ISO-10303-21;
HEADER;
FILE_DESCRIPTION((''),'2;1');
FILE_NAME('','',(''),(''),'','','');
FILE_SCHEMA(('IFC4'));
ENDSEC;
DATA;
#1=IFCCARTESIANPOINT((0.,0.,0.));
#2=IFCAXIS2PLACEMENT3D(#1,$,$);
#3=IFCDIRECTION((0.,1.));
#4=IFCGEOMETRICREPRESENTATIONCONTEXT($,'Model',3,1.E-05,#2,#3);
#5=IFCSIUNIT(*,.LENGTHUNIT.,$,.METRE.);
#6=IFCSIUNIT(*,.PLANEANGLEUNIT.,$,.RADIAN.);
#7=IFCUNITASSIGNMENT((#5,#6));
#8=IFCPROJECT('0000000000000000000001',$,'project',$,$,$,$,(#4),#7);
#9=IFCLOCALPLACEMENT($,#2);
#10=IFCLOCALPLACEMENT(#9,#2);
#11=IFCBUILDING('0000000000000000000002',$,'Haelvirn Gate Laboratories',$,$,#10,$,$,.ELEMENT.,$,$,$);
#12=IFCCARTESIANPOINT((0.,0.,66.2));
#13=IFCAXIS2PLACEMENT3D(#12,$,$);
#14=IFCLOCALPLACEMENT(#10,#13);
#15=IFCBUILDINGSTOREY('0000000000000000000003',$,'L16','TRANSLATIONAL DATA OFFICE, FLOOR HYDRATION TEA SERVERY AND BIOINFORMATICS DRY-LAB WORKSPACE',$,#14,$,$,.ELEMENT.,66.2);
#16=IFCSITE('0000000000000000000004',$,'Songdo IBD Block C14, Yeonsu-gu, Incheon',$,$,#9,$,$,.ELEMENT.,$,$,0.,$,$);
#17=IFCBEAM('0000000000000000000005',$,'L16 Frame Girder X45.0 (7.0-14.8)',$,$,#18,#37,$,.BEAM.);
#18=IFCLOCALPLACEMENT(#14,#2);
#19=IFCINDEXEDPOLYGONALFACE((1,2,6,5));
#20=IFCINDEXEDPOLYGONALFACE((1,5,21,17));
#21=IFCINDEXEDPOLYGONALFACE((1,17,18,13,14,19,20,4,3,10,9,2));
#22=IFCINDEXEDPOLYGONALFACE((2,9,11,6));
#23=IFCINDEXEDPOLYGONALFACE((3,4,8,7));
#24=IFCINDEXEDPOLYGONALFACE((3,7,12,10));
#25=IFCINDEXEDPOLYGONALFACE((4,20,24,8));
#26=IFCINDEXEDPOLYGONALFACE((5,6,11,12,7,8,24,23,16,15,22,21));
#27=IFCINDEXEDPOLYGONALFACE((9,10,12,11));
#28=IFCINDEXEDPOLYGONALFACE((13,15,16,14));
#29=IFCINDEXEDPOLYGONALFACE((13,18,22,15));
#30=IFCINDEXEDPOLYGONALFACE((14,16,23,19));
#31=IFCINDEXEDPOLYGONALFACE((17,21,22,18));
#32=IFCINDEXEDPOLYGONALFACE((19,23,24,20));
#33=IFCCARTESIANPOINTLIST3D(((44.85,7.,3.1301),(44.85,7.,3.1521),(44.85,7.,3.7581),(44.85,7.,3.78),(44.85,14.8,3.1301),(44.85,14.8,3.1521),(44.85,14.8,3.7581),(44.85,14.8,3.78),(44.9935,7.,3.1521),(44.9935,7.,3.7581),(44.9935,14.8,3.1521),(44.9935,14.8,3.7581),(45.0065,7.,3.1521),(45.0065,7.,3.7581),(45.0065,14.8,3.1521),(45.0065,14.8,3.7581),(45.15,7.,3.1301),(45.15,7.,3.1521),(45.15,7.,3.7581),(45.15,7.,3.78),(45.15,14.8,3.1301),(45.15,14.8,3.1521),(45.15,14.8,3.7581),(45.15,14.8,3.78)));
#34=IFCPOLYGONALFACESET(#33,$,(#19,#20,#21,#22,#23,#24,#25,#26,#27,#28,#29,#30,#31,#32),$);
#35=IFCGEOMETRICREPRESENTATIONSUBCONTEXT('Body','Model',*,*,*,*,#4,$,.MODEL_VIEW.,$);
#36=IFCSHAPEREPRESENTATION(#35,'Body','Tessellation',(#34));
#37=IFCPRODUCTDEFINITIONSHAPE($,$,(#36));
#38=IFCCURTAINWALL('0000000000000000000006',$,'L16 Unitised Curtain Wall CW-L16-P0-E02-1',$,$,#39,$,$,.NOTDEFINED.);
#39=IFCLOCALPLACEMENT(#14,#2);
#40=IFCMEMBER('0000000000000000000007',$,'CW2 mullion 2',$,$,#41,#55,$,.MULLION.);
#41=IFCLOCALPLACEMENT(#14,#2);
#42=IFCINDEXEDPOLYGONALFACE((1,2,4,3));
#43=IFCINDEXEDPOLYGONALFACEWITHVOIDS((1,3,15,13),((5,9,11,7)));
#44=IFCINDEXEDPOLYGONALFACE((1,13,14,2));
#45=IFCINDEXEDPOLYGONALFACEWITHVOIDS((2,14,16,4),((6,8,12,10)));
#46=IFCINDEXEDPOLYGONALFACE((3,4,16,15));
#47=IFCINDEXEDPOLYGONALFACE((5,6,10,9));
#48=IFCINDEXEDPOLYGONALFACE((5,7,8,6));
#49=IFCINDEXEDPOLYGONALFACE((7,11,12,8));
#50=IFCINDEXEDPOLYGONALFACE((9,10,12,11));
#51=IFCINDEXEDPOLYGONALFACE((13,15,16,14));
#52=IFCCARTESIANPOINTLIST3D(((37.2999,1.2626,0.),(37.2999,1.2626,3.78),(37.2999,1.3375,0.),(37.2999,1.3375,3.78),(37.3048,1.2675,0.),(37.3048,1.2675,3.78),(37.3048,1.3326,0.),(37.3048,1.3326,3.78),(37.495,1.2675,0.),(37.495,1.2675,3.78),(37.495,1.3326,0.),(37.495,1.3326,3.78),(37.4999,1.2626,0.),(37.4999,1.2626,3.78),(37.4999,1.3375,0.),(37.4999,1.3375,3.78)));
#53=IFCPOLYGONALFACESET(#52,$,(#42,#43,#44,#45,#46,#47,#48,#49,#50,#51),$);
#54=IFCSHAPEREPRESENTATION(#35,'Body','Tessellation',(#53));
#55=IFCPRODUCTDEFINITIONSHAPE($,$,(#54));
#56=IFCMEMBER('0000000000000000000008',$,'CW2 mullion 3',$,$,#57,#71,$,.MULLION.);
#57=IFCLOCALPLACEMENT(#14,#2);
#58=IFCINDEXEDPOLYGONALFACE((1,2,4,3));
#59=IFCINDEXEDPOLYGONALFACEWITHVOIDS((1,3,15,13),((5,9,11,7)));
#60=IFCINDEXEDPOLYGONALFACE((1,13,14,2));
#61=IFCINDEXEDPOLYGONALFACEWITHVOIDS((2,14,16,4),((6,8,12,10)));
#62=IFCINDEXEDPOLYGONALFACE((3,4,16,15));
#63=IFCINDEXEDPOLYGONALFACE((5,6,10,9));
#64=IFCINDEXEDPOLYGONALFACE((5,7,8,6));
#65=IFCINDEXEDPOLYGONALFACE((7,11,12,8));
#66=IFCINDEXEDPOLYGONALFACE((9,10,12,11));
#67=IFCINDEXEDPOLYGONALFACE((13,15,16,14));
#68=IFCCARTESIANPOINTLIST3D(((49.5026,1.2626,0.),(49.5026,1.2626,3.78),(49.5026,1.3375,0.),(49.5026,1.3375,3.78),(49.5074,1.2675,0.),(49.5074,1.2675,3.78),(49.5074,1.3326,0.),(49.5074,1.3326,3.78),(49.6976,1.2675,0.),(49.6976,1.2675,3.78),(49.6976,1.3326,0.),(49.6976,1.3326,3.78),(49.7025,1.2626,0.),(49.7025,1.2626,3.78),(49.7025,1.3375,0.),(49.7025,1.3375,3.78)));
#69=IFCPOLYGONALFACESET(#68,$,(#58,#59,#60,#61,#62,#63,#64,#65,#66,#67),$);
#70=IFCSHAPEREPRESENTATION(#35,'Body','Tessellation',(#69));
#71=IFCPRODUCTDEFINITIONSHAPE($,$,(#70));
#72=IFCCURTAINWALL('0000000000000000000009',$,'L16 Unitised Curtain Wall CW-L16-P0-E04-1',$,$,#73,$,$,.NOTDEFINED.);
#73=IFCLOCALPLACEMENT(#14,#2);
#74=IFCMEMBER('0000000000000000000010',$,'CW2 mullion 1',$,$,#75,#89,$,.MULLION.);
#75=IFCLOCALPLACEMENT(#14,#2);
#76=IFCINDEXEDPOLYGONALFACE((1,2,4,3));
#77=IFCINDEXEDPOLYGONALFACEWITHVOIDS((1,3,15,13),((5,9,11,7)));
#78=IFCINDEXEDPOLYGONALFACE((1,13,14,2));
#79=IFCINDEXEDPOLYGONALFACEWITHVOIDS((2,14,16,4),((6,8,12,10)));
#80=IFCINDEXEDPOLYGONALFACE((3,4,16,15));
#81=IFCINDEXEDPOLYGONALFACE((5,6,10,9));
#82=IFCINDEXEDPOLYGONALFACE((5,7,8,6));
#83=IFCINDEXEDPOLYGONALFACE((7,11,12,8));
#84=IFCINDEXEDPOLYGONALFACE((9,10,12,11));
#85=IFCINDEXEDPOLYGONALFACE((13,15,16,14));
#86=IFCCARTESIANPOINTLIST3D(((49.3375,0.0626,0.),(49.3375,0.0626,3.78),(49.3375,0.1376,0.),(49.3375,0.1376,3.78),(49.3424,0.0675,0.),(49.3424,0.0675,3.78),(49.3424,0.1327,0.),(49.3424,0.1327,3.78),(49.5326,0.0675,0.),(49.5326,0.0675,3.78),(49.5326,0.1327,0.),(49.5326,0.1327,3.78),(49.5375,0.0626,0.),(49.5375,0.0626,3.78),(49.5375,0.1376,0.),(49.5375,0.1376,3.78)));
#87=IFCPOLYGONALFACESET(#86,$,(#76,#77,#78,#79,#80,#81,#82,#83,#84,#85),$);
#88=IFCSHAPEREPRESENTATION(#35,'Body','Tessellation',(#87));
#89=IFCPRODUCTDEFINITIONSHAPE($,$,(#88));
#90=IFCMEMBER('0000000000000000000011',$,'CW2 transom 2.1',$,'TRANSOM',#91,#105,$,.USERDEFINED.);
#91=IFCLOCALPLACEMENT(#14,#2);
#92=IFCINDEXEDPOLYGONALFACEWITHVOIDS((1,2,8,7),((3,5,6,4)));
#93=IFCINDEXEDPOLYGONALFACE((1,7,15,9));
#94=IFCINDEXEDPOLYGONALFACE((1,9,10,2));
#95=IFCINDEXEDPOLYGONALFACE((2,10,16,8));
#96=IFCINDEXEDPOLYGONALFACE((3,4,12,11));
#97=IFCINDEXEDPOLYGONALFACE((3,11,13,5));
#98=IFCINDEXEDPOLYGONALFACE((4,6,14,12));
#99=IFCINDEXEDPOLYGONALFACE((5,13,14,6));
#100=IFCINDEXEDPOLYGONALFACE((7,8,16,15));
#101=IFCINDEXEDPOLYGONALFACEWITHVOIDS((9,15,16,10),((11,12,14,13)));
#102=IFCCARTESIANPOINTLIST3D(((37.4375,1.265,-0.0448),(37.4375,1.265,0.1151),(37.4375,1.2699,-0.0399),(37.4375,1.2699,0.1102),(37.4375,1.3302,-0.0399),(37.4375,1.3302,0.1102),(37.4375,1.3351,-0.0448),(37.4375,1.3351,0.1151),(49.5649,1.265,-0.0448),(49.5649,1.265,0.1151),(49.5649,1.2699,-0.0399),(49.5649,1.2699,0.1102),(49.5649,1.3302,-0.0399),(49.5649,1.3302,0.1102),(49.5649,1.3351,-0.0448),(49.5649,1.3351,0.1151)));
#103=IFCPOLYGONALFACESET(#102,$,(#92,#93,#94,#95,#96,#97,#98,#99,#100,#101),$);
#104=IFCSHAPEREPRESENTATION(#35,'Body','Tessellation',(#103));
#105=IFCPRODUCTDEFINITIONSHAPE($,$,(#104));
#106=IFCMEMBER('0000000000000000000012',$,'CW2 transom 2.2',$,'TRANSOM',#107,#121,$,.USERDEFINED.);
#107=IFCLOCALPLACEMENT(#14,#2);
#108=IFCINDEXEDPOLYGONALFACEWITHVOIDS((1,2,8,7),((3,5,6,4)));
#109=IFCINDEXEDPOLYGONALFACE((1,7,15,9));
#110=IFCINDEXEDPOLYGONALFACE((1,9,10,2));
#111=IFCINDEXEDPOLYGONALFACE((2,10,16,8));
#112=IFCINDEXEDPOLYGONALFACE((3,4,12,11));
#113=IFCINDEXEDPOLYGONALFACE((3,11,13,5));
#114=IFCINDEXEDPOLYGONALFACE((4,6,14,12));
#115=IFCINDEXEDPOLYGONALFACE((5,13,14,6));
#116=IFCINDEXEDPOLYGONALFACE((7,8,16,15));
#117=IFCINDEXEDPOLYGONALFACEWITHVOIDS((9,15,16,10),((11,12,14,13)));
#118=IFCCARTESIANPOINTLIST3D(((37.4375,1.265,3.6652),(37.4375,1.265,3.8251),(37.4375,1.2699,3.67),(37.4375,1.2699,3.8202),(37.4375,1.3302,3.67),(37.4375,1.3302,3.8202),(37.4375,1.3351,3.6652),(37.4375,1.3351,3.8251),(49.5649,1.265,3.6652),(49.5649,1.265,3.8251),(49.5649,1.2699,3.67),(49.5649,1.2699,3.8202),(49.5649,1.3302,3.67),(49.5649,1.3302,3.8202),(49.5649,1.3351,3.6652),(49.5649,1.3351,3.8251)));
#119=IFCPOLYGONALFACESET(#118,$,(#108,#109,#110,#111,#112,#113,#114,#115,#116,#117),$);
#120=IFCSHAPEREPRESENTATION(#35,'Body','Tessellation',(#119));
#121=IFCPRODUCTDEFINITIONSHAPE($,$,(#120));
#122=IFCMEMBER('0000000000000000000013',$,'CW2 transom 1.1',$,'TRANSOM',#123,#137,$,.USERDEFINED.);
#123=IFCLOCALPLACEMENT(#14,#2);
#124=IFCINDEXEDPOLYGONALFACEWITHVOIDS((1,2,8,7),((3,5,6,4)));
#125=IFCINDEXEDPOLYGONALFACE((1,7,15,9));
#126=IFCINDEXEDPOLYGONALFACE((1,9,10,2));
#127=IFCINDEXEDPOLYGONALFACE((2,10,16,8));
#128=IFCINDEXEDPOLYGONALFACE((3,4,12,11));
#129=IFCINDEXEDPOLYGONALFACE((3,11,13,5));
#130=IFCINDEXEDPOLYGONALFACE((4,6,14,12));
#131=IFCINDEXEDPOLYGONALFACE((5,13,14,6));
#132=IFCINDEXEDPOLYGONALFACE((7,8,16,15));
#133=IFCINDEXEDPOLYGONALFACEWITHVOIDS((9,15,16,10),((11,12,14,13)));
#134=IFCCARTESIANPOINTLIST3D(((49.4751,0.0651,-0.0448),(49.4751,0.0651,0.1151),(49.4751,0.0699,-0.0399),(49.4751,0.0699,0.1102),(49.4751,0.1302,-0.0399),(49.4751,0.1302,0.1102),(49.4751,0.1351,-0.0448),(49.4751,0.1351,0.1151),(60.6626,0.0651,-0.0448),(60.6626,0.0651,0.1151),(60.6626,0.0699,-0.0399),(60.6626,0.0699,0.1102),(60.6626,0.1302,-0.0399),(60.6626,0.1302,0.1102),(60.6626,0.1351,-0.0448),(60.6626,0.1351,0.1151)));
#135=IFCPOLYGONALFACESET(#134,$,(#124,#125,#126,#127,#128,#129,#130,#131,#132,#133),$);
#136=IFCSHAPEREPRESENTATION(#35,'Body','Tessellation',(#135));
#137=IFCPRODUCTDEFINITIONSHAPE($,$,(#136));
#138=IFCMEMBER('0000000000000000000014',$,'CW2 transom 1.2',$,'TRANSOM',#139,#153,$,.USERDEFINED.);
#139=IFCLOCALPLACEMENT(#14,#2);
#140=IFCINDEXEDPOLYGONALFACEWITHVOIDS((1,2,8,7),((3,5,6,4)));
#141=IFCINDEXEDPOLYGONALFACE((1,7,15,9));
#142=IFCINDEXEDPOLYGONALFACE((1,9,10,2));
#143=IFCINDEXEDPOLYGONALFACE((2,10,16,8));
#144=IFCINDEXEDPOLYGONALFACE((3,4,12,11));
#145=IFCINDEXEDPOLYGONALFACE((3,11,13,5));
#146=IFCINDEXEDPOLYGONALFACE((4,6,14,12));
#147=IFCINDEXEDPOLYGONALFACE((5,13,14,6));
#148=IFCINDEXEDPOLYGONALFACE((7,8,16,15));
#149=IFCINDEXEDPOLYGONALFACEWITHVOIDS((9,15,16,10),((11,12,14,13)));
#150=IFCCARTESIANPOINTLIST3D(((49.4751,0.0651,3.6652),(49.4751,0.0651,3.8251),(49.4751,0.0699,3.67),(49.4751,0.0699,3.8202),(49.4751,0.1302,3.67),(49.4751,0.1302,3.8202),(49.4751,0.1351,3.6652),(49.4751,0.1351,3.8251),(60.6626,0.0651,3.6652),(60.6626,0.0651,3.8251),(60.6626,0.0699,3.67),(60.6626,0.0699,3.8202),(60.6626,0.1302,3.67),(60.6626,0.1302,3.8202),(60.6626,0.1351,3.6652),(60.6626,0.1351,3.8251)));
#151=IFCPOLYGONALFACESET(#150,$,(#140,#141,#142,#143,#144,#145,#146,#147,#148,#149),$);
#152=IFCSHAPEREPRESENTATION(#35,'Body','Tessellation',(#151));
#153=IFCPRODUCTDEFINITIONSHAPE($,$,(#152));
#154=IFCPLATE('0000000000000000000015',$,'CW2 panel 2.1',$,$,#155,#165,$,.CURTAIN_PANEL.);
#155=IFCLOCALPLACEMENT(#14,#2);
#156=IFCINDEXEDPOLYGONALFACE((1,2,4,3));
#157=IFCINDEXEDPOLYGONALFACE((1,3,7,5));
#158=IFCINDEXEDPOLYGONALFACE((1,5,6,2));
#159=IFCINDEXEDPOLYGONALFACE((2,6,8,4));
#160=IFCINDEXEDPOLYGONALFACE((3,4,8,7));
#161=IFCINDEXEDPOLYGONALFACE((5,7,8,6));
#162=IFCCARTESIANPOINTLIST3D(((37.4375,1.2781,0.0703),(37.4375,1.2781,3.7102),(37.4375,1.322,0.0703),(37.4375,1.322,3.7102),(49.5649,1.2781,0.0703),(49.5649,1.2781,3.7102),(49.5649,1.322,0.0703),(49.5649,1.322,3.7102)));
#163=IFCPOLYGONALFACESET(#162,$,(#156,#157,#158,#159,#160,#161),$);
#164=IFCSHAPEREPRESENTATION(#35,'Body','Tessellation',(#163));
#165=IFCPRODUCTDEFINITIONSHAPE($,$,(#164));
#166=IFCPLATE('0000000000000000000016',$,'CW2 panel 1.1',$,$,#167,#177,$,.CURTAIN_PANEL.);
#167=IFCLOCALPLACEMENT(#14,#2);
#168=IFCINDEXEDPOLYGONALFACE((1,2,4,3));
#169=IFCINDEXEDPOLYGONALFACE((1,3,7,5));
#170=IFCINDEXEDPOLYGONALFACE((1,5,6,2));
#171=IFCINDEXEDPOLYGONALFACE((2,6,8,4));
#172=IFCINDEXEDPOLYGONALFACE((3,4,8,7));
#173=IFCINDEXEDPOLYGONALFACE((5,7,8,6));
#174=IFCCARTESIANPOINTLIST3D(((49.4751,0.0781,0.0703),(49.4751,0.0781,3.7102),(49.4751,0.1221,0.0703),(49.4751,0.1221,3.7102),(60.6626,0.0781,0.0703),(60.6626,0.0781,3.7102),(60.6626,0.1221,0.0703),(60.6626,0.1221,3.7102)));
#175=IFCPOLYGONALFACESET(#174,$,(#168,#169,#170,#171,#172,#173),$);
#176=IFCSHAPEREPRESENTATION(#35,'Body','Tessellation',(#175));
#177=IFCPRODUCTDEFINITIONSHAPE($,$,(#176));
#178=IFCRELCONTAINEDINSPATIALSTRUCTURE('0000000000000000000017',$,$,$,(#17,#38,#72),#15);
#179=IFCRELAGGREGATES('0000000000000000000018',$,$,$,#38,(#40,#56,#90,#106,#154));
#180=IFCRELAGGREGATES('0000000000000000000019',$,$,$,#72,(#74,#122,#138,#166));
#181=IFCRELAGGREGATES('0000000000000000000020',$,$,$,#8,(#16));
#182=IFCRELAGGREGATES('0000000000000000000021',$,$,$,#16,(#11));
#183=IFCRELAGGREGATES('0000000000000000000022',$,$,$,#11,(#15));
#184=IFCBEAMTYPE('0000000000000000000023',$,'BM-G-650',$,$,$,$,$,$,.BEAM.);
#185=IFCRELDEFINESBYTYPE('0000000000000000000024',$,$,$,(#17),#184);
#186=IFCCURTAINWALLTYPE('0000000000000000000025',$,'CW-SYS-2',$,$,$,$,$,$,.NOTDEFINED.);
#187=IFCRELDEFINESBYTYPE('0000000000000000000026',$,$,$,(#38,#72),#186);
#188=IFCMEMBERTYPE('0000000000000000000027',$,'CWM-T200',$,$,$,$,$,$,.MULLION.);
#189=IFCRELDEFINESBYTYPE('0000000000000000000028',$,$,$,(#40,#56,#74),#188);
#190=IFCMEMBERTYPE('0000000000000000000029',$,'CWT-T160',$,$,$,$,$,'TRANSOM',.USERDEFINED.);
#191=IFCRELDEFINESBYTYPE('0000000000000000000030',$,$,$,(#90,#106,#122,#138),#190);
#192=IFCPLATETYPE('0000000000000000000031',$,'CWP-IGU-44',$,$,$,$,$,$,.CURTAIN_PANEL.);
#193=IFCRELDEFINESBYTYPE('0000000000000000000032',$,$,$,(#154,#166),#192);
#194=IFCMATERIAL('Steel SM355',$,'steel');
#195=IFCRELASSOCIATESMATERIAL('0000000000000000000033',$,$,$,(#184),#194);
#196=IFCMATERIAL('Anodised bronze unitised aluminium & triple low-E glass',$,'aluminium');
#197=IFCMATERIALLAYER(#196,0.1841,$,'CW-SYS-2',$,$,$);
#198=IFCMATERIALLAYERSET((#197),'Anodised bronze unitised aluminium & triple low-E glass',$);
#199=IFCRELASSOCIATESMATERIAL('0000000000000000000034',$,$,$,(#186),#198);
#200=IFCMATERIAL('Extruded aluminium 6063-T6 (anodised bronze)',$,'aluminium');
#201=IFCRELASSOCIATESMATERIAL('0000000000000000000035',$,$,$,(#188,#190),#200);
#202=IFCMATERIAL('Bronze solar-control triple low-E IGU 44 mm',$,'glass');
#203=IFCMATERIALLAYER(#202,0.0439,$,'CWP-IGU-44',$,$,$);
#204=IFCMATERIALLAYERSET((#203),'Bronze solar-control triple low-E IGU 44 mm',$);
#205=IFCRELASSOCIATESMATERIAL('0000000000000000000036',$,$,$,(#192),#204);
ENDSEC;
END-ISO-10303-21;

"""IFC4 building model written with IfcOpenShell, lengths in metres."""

from ifc_helpers import new_model, si_unit, direction, frame, origin, origin_2d, place, context, subcontext, project, spatial, rectangle, hollow_rectangle, i_section, extrude, source, transform, mapped, material, layer, layer_set, material_profile, profile_set, type_object, type_shapes, element, aggregate, save


model = new_model("IFC4")

# Units and contexts
model_context = context("Model", 3, precision=1e-05, world=origin(), true_north=direction((0.0, 1.0)))
body_context = subcontext(model_context, "Body", "Model", "MODEL_VIEW")
ifc_project = project(units=[si_unit("LENGTHUNIT", "METRE"), si_unit("PLANEANGLEUNIT", "RADIAN")], contexts=[model_context])

# Site, building, storey
site_placement = place(None, origin())
site = spatial("IfcSite", under=ifc_project, at=site_placement, Name="Songdo IBD Block C14, Yeonsu-gu, Incheon", CompositionType="ELEMENT", RefElevation=0.0)
building_placement = place(site_placement, origin())
building = spatial("IfcBuilding", under=site, at=building_placement, Name="Haelvirn Gate Laboratories", CompositionType="ELEMENT")
storey_placement = place(building_placement, frame((0.0, 0.0, 66.2)))
storey = spatial("IfcBuildingStorey", under=building, at=storey_placement, Name="L16", Description="TRANSLATIONAL DATA OFFICE, FLOOR HYDRATION TEA SERVERY AND BIOINFORMATICS DRY-LAB WORKSPACE", CompositionType="ELEMENT", Elevation=66.2)

# Beam
ifc_material_1 = material(Name="Steel SM355", Category="steel")
ifc_material_profile_1 = material_profile(ifc_material_1, i_section(OverallWidth=0.3, OverallDepth=0.6499, WebThickness=0.0129, FlangeThickness=0.022, at=origin_2d()), Name="H-650x300x13x22")
ifc_profile_set_1 = profile_set([ifc_material_profile_1], Name="Steel SM355")
beam_type_1 = type_object("IfcBeamType", Name="BM-G-650", PredefinedType="BEAM", material=ifc_profile_set_1)
shared_shape_1 = source(origin(), body_context, "Body", "SweptSolid", [
    extrude(i_section(OverallWidth=0.3, OverallDepth=0.6499, WebThickness=0.0129, FlangeThickness=0.022, at=origin_2d()), origin(), (0.0, 0.0, 1.0), 7.8),
])
type_shapes(beam_type_1, [shared_shape_1])
for number, where, z_axis, x_axis, name in (
    (1, (45.0, 7.0, 3.4551), (0.0, 1.0, 0.0), (-1.0, 0.0, 0.0), "L16 Frame Girder X45.0 (7.0-14.8)"),
):
    element("IfcBeam", number, at=place(storey_placement, frame(where, z_axis=z_axis, x_axis=x_axis)), inside=storey, type_object=beam_type_1, Name=name, PredefinedType="BEAM", context=body_context, shape_type="MappedRepresentation", body=[
        mapped(shared_shape_1, transform((0.0, 0.0, 0.0), scale=1.0)),
    ])

# Curtain wall, members
ifc_material_2 = material(Name="Anodised bronze unitised aluminium & triple low-E glass", Category="aluminium")
ifc_layer_1 = layer(ifc_material_2, 0.1841, Name="CW-SYS-2")
ifc_layer_set_1 = layer_set([ifc_layer_1], Name="Anodised bronze unitised aluminium & triple low-E glass")
curtain_wall_type = type_object("IfcCurtainWallType", Name="CW-SYS-2", PredefinedType="NOTDEFINED", material=ifc_layer_set_1)
curtain_wall_1_placement = place(storey_placement, origin())
curtain_wall_1 = element("IfcCurtainWall", 2, at=curtain_wall_1_placement, inside=storey, type_object=curtain_wall_type, Name="L16 Unitised Curtain Wall CW-L16-P0-E02-1", PredefinedType="NOTDEFINED")
ifc_material_3 = material(Name="Extruded aluminium 6063-T6 (anodised bronze)", Category="aluminium")
ifc_material_profile_2 = material_profile(ifc_material_3, hollow_rectangle(XDim=0.075, YDim=0.2, WallThickness=0.0049, at=origin_2d()), Name="CWM-200x75x5")
ifc_profile_set_2 = profile_set([ifc_material_profile_2], Name="Extruded aluminium 6063-T6 (anodised bronze)")
member_type_1 = type_object("IfcMemberType", Name="CWM-T200", PredefinedType="MULLION", material=ifc_profile_set_2)
shared_shape_2 = source(origin(), body_context, "Body", "SweptSolid", [
    extrude(hollow_rectangle(XDim=0.075, YDim=0.2, WallThickness=0.0049, at=origin_2d()), origin(), (0.0, 0.0, 1.0), 3.78),
])
type_shapes(member_type_1, [shared_shape_2])
member_1_placement = place(storey_placement, frame((37.3999, 1.3, 0.0), z_axis=(0.0, 0.0, 1.0), x_axis=(0.0, 1.0, 0.0)))
member_1 = element("IfcMember", 3, at=member_1_placement, type_object=member_type_1, Name="CW2 mullion 2", PredefinedType="MULLION", context=body_context, shape_type="MappedRepresentation", body=[
    mapped(shared_shape_2, transform((0.0, 0.0, 0.0), scale=1.0)),
])
member_2_placement = place(storey_placement, frame((49.6025, 1.3, 0.0), z_axis=(0.0, 0.0, 1.0), x_axis=(0.0, 1.0, 0.0)))
member_2 = element("IfcMember", 4, at=member_2_placement, type_object=member_type_1, Name="CW2 mullion 3", PredefinedType="MULLION", context=body_context, shape_type="MappedRepresentation", body=[
    mapped(shared_shape_2, transform((0.0, 0.0, 0.0), scale=1.0)),
])

# Curtain wall, member
curtain_wall_2_placement = place(storey_placement, origin())
curtain_wall_2 = element("IfcCurtainWall", 5, at=curtain_wall_2_placement, inside=storey, type_object=curtain_wall_type, Name="L16 Unitised Curtain Wall CW-L16-P0-E04-1", PredefinedType="NOTDEFINED")
member_3_placement = place(storey_placement, frame((49.4375, 0.1001, 0.0), z_axis=(0.0, 0.0, 1.0), x_axis=(0.0, 1.0, 0.0)))
member_3 = element("IfcMember", 6, at=member_3_placement, type_object=member_type_1, Name="CW2 mullion 1", PredefinedType="MULLION", context=body_context, shape_type="MappedRepresentation", body=[
    mapped(shared_shape_2, transform((0.0, 0.0, 0.0), scale=1.0)),
])

# Members
ifc_material_profile_3 = material_profile(ifc_material_3, hollow_rectangle(XDim=0.0701, YDim=0.1599, WallThickness=0.0049, at=origin_2d()), Name="CWT-160x70x5")
ifc_profile_set_3 = profile_set([ifc_material_profile_3], Name="Extruded aluminium 6063-T6 (anodised bronze)")
member_type_2 = type_object("IfcMemberType", Name="CWT-T160", ElementType="TRANSOM", PredefinedType="USERDEFINED", material=ifc_profile_set_3)
shared_shape_3 = source(origin(), body_context, "Body", "SweptSolid", [
    extrude(hollow_rectangle(XDim=0.0701, YDim=0.1599, WallThickness=0.0049, at=origin_2d()), origin(), (0.0, 0.0, 1.0), 12.1274),
])
member_4_placement = place(storey_placement, frame((37.4375, 1.3, 0.0352), z_axis=(1.0, 0.0, 0.0), x_axis=(0.0, 1.0, 0.0)))
member_4 = element("IfcMember", 7, at=member_4_placement, type_object=member_type_2, Name="CW2 transom 2.1", ObjectType="TRANSOM", PredefinedType="USERDEFINED", context=body_context, shape_type="MappedRepresentation", body=[
    mapped(shared_shape_3, transform((0.0, 0.0, 0.0), scale=1.0)),
])
member_5_placement = place(storey_placement, frame((37.4375, 1.3, 3.7451), z_axis=(1.0, 0.0, 0.0), x_axis=(0.0, 1.0, 0.0)))
member_5 = element("IfcMember", 8, at=member_5_placement, type_object=member_type_2, Name="CW2 transom 2.2", ObjectType="TRANSOM", PredefinedType="USERDEFINED", context=body_context, shape_type="MappedRepresentation", body=[
    mapped(shared_shape_3, transform((0.0, 0.0, 0.0), scale=1.0)),
])
shared_shape_4 = source(origin(), body_context, "Body", "SweptSolid", [
    extrude(hollow_rectangle(XDim=0.0701, YDim=0.1599, WallThickness=0.0049, at=origin_2d()), origin(), (0.0, 0.0, 1.0), 11.1875),
])
type_shapes(member_type_2, [shared_shape_3, shared_shape_4])
member_6_placement = place(storey_placement, frame((49.4751, 0.1001, 0.0352), z_axis=(1.0, 0.0, 0.0), x_axis=(0.0, 1.0, 0.0)))
member_6 = element("IfcMember", 9, at=member_6_placement, type_object=member_type_2, Name="CW2 transom 1.1", ObjectType="TRANSOM", PredefinedType="USERDEFINED", context=body_context, shape_type="MappedRepresentation", body=[
    mapped(shared_shape_4, transform((0.0, 0.0, 0.0), scale=1.0)),
])
member_7_placement = place(storey_placement, frame((49.4751, 0.1001, 3.7451), z_axis=(1.0, 0.0, 0.0), x_axis=(0.0, 1.0, 0.0)))
member_7 = element("IfcMember", 10, at=member_7_placement, type_object=member_type_2, Name="CW2 transom 1.2", ObjectType="TRANSOM", PredefinedType="USERDEFINED", context=body_context, shape_type="MappedRepresentation", body=[
    mapped(shared_shape_4, transform((0.0, 0.0, 0.0), scale=1.0)),
])

# Plates
ifc_material_4 = material(Name="Bronze solar-control triple low-E IGU 44 mm", Category="glass")
ifc_layer_2 = layer(ifc_material_4, 0.0439, Name="CWP-IGU-44")
ifc_layer_set_2 = layer_set([ifc_layer_2], Name="Bronze solar-control triple low-E IGU 44 mm")
plate_type = type_object("IfcPlateType", Name="CWP-IGU-44", PredefinedType="CURTAIN_PANEL", material=ifc_layer_set_2)
shared_shape_5 = source(origin(), body_context, "Body", "SweptSolid", [
    extrude(rectangle(XDim=12.1274, YDim=0.0439, at=origin_2d()), origin(), (0.0, 0.0, 1.0), 3.6399),
])
plate_1_placement = place(storey_placement, frame((43.5012, 1.3, 0.0703), z_axis=(0.0, 0.0, 1.0), x_axis=(1.0, 0.0, 0.0)))
plate_1 = element("IfcPlate", 11, at=plate_1_placement, type_object=plate_type, Name="CW2 panel 2.1", PredefinedType="CURTAIN_PANEL", context=body_context, shape_type="MappedRepresentation", body=[
    mapped(shared_shape_5, transform((0.0, 0.0, 0.0), scale=1.0)),
])
aggregate(curtain_wall_1, [member_1, member_2, member_4, member_5, plate_1])
shared_shape_6 = source(origin(), body_context, "Body", "SweptSolid", [
    extrude(rectangle(XDim=11.1875, YDim=0.0439, at=origin_2d()), origin(), (0.0, 0.0, 1.0), 3.6399),
])
type_shapes(plate_type, [shared_shape_5, shared_shape_6])
plate_2_placement = place(storey_placement, frame((55.0688, 0.1001, 0.0703), z_axis=(0.0, 0.0, 1.0), x_axis=(1.0, 0.0, 0.0)))
plate_2 = element("IfcPlate", 12, at=plate_2_placement, type_object=plate_type, Name="CW2 panel 1.1", PredefinedType="CURTAIN_PANEL", context=body_context, shape_type="MappedRepresentation", body=[
    mapped(shared_shape_6, transform((0.0, 0.0, 0.0), scale=1.0)),
])
aggregate(curtain_wall_2, [member_3, member_6, member_7, plate_2])

save(model, "model.ifc")
